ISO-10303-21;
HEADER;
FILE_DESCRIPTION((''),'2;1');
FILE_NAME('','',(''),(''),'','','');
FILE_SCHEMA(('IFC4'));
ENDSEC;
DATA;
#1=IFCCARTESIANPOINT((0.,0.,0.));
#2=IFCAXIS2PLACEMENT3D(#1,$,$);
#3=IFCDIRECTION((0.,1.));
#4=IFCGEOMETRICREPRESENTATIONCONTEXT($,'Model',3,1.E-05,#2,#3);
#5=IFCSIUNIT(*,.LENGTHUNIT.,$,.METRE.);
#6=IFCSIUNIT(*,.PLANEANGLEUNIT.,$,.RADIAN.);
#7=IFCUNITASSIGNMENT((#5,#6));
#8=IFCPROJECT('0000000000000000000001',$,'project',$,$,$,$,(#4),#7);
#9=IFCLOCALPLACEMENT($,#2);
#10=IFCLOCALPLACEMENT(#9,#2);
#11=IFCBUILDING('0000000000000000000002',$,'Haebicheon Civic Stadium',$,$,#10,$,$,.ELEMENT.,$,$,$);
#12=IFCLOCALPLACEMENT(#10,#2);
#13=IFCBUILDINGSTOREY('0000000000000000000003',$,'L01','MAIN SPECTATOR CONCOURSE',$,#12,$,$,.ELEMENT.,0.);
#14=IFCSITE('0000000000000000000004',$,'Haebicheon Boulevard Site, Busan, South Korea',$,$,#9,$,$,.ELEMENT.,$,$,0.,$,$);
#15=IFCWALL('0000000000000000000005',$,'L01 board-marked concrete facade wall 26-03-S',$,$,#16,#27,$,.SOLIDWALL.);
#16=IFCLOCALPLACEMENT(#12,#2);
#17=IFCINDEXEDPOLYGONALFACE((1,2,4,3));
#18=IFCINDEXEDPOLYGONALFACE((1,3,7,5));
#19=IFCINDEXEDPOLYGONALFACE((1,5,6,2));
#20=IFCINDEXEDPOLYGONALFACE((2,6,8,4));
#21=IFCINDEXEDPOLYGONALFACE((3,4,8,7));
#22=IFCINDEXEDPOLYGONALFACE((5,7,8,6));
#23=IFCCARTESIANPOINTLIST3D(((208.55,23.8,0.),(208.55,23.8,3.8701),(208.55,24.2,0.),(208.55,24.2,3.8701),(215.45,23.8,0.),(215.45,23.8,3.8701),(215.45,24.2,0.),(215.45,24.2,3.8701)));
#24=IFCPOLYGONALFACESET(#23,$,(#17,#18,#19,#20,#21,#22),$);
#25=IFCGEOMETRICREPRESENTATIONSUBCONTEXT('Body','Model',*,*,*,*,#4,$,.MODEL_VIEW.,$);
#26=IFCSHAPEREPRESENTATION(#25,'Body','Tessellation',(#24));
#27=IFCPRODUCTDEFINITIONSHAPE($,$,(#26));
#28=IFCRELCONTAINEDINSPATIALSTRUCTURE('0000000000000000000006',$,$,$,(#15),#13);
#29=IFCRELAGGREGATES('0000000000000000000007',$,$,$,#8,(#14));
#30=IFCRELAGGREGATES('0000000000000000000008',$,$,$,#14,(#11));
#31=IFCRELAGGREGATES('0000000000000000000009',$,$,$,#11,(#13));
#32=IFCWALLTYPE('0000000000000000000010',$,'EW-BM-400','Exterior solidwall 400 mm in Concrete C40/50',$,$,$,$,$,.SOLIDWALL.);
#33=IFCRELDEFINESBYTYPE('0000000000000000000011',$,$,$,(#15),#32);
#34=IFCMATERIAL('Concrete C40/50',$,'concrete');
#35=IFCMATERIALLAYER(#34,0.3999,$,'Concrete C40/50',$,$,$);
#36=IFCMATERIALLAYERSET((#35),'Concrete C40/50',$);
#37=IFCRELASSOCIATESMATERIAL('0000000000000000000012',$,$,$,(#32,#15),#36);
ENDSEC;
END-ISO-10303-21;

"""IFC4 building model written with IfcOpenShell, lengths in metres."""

from ifc_helpers import new_model, si_unit, direction, frame, frame_2d, origin, place, context, subcontext, project, spatial, rectangle, extrude, material, layer, layer_set, type_object, element, save


model = new_model("IFC4")

# Units and contexts
model_context = context("Model", 3, precision=1e-05, world=origin(), true_north=direction((0.0, 1.0)))
body_context = subcontext(model_context, "Body", "Model", "MODEL_VIEW")
ifc_project = project(units=[si_unit("LENGTHUNIT", "METRE"), si_unit("PLANEANGLEUNIT", "RADIAN")], contexts=[model_context])

# Site, building, storey
site_placement = place(None, origin())
site = spatial("IfcSite", under=ifc_project, at=site_placement, Name="Haebicheon Boulevard Site, Busan, South Korea", CompositionType="ELEMENT", RefElevation=0.0)
building_placement = place(site_placement, origin())
building = spatial("IfcBuilding", under=site, at=building_placement, Name="Haebicheon Civic Stadium", CompositionType="ELEMENT")
storey_placement = place(building_placement, origin())
storey = spatial("IfcBuildingStorey", under=building, at=storey_placement, Name="L01", Description="MAIN SPECTATOR CONCOURSE", CompositionType="ELEMENT", Elevation=0.0)

# Shared definitions
ifc_material_1 = material(Name="Concrete C40/50", Category="concrete")
ifc_layer_1 = layer(ifc_material_1, 0.3999, Name="Concrete C40/50")
ifc_layer_set_1 = layer_set([ifc_layer_1], Name="Concrete C40/50")
wall_type = type_object("IfcWallType", Name="EW-BM-400", Description="Exterior solidwall 400 mm in Concrete C40/50", PredefinedType="SOLIDWALL", material=ifc_layer_set_1)

# Wall
wall_1_placement = place(storey_placement, frame((208.55, 24.0, 0.0), z_axis=(0.0, 0.0, 1.0), x_axis=(1.0, 0.0, 0.0)))
element("IfcWall", 1, at=wall_1_placement, inside=storey, type_object=wall_type, material=ifc_layer_set_1, Name="L01 board-marked concrete facade wall 26-03-S", PredefinedType="SOLIDWALL", context=body_context, shape_type="SweptSolid", body=[
    extrude(rectangle(XDim=6.8999, YDim=0.3999, at=frame_2d((3.45, 0.0))), origin(), (0.0, 0.0, 1.0), 3.8701),
])

save(model, "model.ifc")
